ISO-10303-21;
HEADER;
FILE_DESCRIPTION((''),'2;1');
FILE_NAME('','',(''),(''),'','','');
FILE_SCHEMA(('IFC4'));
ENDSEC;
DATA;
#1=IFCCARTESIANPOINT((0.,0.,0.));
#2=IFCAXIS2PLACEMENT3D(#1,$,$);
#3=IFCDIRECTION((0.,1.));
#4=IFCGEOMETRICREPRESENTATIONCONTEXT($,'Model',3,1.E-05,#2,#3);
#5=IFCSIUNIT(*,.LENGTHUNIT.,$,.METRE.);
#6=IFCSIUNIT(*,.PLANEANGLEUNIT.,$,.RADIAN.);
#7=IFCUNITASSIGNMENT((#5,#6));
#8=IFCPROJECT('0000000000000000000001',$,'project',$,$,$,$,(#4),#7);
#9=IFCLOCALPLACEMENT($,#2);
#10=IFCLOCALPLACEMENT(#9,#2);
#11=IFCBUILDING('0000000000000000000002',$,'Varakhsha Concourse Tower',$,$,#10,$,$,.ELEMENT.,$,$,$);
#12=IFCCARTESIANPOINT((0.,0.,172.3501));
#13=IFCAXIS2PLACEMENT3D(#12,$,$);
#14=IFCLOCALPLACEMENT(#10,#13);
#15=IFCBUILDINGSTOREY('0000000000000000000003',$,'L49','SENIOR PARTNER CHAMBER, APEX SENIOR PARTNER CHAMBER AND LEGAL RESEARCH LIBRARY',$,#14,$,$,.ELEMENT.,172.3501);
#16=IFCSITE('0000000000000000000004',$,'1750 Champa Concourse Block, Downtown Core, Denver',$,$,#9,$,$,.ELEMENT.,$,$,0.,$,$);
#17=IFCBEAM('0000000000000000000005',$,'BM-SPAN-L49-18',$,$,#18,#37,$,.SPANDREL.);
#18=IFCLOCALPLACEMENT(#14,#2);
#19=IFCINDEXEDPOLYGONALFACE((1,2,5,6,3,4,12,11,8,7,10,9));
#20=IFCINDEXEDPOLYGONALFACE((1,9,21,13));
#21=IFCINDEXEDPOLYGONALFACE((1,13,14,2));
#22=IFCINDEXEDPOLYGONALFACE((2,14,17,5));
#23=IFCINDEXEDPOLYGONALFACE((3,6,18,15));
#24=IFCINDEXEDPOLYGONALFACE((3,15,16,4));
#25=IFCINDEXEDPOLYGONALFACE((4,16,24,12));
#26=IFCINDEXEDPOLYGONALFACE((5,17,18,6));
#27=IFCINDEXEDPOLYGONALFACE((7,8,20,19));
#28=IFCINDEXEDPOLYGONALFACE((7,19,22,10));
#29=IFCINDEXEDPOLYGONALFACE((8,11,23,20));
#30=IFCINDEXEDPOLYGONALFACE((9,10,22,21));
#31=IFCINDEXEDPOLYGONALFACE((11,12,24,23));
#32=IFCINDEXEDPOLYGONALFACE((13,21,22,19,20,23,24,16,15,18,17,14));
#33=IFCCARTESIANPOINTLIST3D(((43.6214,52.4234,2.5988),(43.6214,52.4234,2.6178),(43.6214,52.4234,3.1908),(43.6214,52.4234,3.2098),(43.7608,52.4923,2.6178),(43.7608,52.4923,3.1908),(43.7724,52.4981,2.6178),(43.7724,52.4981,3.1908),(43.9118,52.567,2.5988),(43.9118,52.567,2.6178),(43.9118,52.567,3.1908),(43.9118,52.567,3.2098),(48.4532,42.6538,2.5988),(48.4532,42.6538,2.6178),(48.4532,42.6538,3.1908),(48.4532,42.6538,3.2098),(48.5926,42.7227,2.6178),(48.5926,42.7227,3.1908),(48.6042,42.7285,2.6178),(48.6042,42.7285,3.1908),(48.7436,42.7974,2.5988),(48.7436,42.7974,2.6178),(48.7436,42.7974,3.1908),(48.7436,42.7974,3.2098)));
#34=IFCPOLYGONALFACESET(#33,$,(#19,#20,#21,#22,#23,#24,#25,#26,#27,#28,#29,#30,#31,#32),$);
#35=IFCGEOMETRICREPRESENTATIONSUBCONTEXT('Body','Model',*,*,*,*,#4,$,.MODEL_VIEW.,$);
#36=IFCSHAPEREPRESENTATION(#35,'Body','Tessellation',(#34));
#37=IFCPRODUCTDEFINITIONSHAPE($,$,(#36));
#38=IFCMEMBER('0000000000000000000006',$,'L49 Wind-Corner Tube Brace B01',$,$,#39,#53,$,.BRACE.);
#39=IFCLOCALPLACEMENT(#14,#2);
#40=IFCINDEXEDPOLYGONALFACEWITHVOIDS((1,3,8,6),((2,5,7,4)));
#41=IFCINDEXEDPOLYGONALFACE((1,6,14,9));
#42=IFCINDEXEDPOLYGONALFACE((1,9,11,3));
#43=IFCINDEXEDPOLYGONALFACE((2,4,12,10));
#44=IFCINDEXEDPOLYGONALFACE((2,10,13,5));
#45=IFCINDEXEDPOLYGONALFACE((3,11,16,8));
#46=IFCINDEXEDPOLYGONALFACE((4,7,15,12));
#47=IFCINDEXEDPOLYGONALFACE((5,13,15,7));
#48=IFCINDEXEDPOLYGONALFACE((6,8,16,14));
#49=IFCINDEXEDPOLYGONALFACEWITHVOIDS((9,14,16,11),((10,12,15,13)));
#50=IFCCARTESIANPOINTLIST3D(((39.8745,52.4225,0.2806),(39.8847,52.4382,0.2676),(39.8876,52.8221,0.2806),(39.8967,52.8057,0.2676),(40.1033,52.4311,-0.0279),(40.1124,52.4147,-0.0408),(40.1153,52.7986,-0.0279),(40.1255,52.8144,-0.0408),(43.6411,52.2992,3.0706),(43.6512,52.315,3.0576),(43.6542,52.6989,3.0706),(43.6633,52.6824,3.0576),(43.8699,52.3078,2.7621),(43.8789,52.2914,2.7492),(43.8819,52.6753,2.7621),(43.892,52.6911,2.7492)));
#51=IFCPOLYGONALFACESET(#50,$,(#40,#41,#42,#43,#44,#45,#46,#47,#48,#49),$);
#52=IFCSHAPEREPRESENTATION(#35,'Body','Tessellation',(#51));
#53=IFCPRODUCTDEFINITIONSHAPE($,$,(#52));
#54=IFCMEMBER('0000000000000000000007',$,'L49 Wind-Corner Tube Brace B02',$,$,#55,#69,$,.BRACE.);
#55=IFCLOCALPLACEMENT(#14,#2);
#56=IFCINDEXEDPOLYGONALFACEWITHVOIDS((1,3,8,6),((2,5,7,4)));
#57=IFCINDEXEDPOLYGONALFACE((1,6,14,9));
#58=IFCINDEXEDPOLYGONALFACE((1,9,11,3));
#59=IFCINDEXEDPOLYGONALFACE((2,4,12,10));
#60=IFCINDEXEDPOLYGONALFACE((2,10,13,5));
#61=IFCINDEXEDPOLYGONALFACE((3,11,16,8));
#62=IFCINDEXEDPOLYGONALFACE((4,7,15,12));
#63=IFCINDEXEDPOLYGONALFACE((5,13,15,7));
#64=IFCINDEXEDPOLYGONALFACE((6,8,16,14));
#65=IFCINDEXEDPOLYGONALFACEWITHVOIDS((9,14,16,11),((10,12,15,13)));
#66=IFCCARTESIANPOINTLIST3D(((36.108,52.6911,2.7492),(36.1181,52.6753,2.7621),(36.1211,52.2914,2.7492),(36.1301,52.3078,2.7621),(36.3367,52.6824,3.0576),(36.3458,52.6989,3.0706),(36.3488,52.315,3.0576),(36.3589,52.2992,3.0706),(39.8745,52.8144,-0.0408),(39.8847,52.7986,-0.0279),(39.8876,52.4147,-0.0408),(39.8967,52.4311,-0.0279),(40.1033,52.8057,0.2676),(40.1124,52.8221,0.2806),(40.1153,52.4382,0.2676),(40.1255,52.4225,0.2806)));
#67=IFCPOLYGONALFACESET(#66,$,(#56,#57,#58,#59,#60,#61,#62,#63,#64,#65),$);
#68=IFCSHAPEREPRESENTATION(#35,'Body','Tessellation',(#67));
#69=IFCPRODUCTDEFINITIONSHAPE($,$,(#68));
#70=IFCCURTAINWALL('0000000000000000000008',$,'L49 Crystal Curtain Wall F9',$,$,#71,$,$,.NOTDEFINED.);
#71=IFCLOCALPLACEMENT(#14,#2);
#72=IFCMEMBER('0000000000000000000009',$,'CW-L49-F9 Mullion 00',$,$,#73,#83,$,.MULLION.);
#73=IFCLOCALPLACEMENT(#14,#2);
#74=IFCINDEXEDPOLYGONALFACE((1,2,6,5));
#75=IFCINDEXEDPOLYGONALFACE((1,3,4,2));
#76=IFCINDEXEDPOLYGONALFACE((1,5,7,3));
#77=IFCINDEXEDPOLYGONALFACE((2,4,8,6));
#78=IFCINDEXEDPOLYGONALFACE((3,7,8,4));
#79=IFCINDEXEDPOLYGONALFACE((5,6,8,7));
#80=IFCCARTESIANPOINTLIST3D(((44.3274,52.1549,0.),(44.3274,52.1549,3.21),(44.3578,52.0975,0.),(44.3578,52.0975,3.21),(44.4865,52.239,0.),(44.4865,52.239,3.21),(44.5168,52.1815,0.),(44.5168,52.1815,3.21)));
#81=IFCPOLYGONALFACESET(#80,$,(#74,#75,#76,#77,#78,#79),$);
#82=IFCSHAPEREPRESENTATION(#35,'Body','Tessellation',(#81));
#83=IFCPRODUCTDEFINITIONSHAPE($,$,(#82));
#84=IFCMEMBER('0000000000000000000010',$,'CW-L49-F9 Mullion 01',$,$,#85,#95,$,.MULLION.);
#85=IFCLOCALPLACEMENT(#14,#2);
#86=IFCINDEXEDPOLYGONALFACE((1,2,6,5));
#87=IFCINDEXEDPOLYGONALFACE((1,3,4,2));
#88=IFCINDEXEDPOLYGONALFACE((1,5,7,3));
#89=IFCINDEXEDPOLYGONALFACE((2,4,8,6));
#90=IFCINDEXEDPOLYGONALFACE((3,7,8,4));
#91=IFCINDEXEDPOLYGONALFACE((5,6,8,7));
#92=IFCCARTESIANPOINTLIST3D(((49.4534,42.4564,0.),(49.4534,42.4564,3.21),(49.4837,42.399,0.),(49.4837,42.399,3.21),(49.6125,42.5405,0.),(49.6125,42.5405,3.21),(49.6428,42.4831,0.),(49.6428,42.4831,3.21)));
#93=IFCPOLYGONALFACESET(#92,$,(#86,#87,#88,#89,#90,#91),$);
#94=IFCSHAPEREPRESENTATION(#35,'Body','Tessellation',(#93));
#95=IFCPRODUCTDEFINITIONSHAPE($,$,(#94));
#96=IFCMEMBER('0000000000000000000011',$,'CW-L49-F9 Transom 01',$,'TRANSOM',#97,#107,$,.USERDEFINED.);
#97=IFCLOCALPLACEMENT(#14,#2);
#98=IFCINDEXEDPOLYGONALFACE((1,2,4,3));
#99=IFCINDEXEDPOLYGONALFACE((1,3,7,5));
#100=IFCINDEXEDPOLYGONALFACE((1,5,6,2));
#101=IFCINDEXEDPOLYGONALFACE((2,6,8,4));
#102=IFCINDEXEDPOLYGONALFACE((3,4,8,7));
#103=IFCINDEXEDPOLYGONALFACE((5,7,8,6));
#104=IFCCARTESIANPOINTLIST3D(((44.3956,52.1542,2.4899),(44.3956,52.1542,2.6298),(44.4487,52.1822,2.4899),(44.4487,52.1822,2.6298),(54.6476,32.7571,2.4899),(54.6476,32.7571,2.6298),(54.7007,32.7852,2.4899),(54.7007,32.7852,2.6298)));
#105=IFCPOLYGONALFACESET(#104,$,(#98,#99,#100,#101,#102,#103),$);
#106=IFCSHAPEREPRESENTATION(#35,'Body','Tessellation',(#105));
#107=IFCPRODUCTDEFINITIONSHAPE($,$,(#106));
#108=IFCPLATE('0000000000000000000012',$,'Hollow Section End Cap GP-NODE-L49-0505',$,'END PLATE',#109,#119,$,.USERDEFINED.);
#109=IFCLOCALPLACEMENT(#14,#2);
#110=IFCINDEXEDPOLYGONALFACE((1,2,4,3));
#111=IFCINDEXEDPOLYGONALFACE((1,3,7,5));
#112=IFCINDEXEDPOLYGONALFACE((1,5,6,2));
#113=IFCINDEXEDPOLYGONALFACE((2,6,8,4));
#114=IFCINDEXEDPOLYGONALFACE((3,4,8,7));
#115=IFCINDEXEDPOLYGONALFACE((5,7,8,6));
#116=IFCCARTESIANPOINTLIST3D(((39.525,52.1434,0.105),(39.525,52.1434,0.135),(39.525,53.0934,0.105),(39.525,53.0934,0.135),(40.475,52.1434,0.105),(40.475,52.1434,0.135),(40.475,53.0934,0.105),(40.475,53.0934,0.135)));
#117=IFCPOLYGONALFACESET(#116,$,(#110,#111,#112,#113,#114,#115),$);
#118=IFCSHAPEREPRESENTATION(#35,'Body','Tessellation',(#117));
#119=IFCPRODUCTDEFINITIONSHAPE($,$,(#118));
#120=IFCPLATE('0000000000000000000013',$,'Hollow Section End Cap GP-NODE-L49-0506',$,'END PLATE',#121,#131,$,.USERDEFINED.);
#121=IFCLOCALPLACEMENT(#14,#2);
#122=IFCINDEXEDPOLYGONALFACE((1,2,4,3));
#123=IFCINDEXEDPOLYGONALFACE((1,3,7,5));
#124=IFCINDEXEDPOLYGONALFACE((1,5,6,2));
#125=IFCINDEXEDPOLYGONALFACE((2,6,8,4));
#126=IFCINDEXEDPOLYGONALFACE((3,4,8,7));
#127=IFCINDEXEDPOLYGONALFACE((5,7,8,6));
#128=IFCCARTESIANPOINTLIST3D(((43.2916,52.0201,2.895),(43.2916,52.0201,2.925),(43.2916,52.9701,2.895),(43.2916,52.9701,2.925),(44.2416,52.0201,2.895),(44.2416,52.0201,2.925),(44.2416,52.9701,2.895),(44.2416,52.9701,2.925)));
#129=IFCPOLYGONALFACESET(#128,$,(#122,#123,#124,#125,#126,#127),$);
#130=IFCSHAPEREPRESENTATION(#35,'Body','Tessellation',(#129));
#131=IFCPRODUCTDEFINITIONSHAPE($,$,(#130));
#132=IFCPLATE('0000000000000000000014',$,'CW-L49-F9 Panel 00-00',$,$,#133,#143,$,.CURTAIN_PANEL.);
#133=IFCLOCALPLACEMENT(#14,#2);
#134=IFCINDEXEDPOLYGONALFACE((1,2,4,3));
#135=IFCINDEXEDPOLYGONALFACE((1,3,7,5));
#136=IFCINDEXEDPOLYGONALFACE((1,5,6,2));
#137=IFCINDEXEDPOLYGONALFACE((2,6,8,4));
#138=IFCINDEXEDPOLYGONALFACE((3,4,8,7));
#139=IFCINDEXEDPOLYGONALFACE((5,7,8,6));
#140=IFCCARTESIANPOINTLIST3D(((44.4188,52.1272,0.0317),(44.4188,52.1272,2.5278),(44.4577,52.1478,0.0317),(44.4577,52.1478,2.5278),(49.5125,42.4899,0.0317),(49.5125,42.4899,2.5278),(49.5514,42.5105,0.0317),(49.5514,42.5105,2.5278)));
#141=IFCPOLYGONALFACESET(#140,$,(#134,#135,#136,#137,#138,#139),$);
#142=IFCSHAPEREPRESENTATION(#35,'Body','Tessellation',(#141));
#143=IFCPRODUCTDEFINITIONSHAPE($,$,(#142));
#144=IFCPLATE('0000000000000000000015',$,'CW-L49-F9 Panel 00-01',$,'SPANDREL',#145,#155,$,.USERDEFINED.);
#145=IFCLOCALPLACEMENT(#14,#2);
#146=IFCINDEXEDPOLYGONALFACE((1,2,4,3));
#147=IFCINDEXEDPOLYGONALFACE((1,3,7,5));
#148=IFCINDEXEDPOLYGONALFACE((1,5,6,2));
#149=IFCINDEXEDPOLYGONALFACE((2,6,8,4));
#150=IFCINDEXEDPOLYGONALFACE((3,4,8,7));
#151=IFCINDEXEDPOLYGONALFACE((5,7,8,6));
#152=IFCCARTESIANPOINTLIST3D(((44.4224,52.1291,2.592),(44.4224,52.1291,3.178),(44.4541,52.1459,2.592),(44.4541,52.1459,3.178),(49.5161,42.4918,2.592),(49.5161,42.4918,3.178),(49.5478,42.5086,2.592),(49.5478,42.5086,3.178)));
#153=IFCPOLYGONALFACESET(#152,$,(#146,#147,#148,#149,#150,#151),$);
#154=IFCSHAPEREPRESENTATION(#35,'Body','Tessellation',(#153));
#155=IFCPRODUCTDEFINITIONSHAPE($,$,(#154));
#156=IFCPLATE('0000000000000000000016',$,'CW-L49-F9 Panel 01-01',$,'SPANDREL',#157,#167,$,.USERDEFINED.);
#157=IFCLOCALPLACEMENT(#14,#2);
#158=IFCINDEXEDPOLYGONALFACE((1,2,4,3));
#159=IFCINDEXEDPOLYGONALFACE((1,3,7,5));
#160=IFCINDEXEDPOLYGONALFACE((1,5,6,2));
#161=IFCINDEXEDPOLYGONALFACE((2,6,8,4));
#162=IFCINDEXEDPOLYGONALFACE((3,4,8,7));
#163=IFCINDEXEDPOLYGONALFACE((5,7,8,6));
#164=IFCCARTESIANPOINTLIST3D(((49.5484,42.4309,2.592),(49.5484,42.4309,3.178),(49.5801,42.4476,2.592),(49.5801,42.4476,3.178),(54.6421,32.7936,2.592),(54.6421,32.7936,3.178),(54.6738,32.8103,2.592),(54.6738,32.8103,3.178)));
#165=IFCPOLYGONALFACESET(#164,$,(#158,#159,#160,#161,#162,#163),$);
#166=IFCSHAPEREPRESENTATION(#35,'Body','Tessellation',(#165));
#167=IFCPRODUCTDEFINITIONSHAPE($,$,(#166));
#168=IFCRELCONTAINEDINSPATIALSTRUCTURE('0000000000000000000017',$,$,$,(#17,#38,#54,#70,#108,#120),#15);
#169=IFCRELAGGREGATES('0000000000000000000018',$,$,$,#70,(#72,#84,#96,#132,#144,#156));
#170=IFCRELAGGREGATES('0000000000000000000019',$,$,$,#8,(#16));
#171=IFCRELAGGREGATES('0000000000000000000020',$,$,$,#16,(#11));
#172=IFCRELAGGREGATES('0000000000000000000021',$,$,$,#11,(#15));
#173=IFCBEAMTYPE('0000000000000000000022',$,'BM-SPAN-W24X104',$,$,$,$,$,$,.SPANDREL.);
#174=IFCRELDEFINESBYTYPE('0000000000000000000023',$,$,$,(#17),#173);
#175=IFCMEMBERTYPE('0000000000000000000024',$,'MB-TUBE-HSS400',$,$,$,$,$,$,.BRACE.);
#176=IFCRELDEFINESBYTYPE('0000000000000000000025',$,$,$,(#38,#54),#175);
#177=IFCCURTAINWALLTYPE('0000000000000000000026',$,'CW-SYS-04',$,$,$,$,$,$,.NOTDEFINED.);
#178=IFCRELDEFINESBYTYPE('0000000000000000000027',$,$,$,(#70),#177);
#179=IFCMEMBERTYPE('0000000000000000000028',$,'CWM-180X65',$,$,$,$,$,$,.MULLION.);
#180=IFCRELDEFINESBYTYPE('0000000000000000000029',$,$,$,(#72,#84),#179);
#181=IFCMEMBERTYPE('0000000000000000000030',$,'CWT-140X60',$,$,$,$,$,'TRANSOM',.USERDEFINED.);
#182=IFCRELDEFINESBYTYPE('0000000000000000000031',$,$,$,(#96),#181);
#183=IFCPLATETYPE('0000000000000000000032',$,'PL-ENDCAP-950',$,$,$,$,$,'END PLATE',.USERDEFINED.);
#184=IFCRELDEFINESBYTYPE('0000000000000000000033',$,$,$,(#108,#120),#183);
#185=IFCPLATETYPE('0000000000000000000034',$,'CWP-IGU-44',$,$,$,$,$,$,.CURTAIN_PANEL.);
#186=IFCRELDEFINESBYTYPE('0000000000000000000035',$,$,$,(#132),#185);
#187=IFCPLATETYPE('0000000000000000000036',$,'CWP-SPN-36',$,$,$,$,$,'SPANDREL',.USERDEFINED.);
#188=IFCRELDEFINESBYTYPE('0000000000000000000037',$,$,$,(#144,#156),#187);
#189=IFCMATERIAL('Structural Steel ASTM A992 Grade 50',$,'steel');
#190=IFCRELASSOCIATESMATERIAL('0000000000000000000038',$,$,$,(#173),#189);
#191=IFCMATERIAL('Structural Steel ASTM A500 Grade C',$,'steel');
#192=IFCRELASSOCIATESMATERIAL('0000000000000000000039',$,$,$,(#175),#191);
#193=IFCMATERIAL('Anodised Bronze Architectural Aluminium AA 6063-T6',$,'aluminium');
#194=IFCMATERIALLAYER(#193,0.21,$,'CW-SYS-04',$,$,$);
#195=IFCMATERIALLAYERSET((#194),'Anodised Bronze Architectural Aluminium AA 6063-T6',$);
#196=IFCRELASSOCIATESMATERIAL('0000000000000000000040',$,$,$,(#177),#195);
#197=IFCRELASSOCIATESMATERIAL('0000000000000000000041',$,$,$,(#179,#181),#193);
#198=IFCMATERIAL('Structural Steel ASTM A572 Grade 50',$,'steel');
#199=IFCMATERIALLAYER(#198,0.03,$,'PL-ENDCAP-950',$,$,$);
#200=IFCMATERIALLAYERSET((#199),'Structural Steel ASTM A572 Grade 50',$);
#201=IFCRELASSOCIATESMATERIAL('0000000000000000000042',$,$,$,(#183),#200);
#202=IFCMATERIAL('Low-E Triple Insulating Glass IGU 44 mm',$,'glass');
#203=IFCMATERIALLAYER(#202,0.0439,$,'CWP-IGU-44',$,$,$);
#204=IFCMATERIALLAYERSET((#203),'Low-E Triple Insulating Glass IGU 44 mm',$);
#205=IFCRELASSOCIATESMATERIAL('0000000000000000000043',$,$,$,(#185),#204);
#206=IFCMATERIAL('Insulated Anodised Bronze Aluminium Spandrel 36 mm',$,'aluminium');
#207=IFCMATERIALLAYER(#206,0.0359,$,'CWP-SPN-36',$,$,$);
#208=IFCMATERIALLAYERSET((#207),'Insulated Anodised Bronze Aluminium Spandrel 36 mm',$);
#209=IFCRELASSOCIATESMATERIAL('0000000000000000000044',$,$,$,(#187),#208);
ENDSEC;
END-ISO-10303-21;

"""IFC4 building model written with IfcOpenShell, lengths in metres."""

from ifc_helpers import new_model, si_unit, direction, frame, origin, origin_2d, place, context, subcontext, project, spatial, rectangle, hollow_rectangle, i_section, extrude, source, transform, mapped, material, layer, layer_set, material_profile, profile_set, type_object, type_shapes, element, aggregate, save


model = new_model("IFC4")

# Units and contexts
model_context = context("Model", 3, precision=1e-05, world=origin(), true_north=direction((0.0, 1.0)))
body_context = subcontext(model_context, "Body", "Model", "MODEL_VIEW")
ifc_project = project(units=[si_unit("LENGTHUNIT", "METRE"), si_unit("PLANEANGLEUNIT", "RADIAN")], contexts=[model_context])

# Site, building, storey
site_placement = place(None, origin())
site = spatial("IfcSite", under=ifc_project, at=site_placement, Name="1750 Champa Concourse Block, Downtown Core, Denver", CompositionType="ELEMENT", RefElevation=0.0)
building_placement = place(site_placement, origin())
building = spatial("IfcBuilding", under=site, at=building_placement, Name="Varakhsha Concourse Tower", CompositionType="ELEMENT")
storey_placement = place(building_placement, frame((0.0, 0.0, 172.3501)))
storey = spatial("IfcBuildingStorey", under=building, at=storey_placement, Name="L49", Description="SENIOR PARTNER CHAMBER, APEX SENIOR PARTNER CHAMBER AND LEGAL RESEARCH LIBRARY", CompositionType="ELEMENT", Elevation=172.3501)

# Shared definitions
ifc_material_1 = material(Name="Structural Steel ASTM A992 Grade 50", Category="steel")
ifc_material_2 = material(Name="Structural Steel ASTM A572 Grade 50", Category="steel")

# Beam
ifc_material_profile_1 = material_profile(ifc_material_1, i_section(OverallWidth=0.324, OverallDepth=0.6111, WebThickness=0.0129, FlangeThickness=0.019, at=origin_2d()), Name="W24X104")
ifc_profile_set_1 = profile_set([ifc_material_profile_1], Name="Structural Steel ASTM A992 Grade 50")
beam_type_1 = type_object("IfcBeamType", Name="BM-SPAN-W24X104", PredefinedType="SPANDREL", material=ifc_profile_set_1)
beam_1_placement = place(storey_placement, frame((48.5984, 42.7256, 2.9043), z_axis=(-0.443321, 0.896363, 0.0), x_axis=(-0.896363, -0.443321, 0.0)))
element("IfcBeam", 1, at=beam_1_placement, inside=storey, type_object=beam_type_1, Name="BM-SPAN-L49-18", PredefinedType="SPANDREL", context=body_context, shape_type="SweptSolid", body=[
    extrude(i_section(OverallWidth=0.324, OverallDepth=0.6111, WebThickness=0.0129, FlangeThickness=0.019, at=origin_2d()), origin(), (0.0, 0.0, 1.0), 10.8992),
])

# Members
ifc_material_3 = material(Name="Structural Steel ASTM A500 Grade C", Category="steel")
ifc_material_profile_2 = material_profile(ifc_material_3, hollow_rectangle(XDim=0.3999, YDim=0.3999, WallThickness=0.0161, at=origin_2d()), Name="HSS 400x400x16")
ifc_profile_set_2 = profile_set([ifc_material_profile_2], Name="Structural Steel ASTM A500 Grade C")
member_type_1 = type_object("IfcMemberType", Name="MB-TUBE-HSS400", PredefinedType="BRACE", material=ifc_profile_set_2)
shared_shape_1 = source(origin(), body_context, "Body", "SweptSolid", [
    extrude(hollow_rectangle(XDim=0.3999, YDim=0.3999, WallThickness=0.0161, at=origin_2d()), origin(), (0.0, 0.0, 1.0), 4.689),
])
type_shapes(member_type_1, [shared_shape_1])
for number, where, z_axis, x_axis, name in (
    (2, (40.0, 52.6184, 0.1199), (0.803283, -0.026294, 0.595017), (0.032715, 0.999465, 0.0), "L49 Wind-Corner Tube Brace B01"),
    (3, (40.0, 52.6184, 0.1199), (-0.803283, -0.026294, 0.595017), (0.032715, -0.999465, 0.0), "L49 Wind-Corner Tube Brace B02"),
):
    element("IfcMember", number, at=place(storey_placement, frame(where, z_axis=z_axis, x_axis=x_axis)), inside=storey, type_object=member_type_1, Name=name, PredefinedType="BRACE", context=body_context, shape_type="MappedRepresentation", body=[
        mapped(shared_shape_1, transform((0.0, 0.0, 0.0), scale=1.0)),
    ])

# Curtain wall, members
ifc_material_4 = material(Name="Anodised Bronze Architectural Aluminium AA 6063-T6", Category="aluminium")
ifc_layer_1 = layer(ifc_material_4, 0.21, Name="CW-SYS-04")
ifc_layer_set_1 = layer_set([ifc_layer_1], Name="Anodised Bronze Architectural Aluminium AA 6063-T6")
curtain_wall_type = type_object("IfcCurtainWallType", Name="CW-SYS-04", PredefinedType="NOTDEFINED", material=ifc_layer_set_1)
curtain_wall_placement = place(storey_placement, origin())
curtain_wall = element("IfcCurtainWall", 4, at=curtain_wall_placement, inside=storey, type_object=curtain_wall_type, Name="L49 Crystal Curtain Wall F9", PredefinedType="NOTDEFINED")
ifc_material_profile_3 = material_profile(ifc_material_4, rectangle(XDim=0.0649, YDim=0.1799, at=origin_2d()), Name="CWM-180X65")
ifc_profile_set_3 = profile_set([ifc_material_profile_3], Name="Anodised Bronze Architectural Aluminium AA 6063-T6")
member_type_2 = type_object("IfcMemberType", Name="CWM-180X65", PredefinedType="MULLION", material=ifc_profile_set_3)
shared_shape_2 = source(origin(), body_context, "Body", "SweptSolid", [
    extrude(rectangle(XDim=0.0649, YDim=0.1799, at=origin_2d()), origin(), (0.0, 0.0, 1.0), 3.21),
])
type_shapes(member_type_2, [shared_shape_2])
member_1_placement = place(storey_placement, frame((44.4221, 52.1682, 0.0), z_axis=(0.0, 0.0, 1.0), x_axis=(0.467286, -0.884106, 0.0)))
member_1 = element("IfcMember", 5, at=member_1_placement, type_object=member_type_2, Name="CW-L49-F9 Mullion 00", PredefinedType="MULLION", context=body_context, shape_type="MappedRepresentation", body=[
    mapped(shared_shape_2, transform((0.0, 0.0, 0.0), scale=1.0)),
])
member_2_placement = place(storey_placement, frame((49.5481, 42.4697, 0.0), z_axis=(0.0, 0.0, 1.0), x_axis=(0.467286, -0.884106, 0.0)))
member_2 = element("IfcMember", 6, at=member_2_placement, type_object=member_type_2, Name="CW-L49-F9 Mullion 01", PredefinedType="MULLION", context=body_context, shape_type="MappedRepresentation", body=[
    mapped(shared_shape_2, transform((0.0, 0.0, 0.0), scale=1.0)),
])
ifc_material_profile_4 = material_profile(ifc_material_4, rectangle(XDim=0.0601, YDim=0.1399, at=origin_2d()), Name="CWT-140X60")
ifc_profile_set_4 = profile_set([ifc_material_profile_4], Name="Anodised Bronze Architectural Aluminium AA 6063-T6")
member_type_3 = type_object("IfcMemberType", Name="CWT-140X60", ElementType="TRANSOM", PredefinedType="USERDEFINED", material=ifc_profile_set_4)
shared_shape_3 = source(origin(), body_context, "Body", "SweptSolid", [
    extrude(rectangle(XDim=0.0601, YDim=0.1399, at=origin_2d()), origin(), (0.0, 0.0, 1.0), 21.9397),
])
type_shapes(member_type_3, [shared_shape_3])
member_3_placement = place(storey_placement, frame((44.4221, 52.1682, 2.5598), z_axis=(0.467281, -0.884109, 0.0), x_axis=(0.884109, 0.467281, 0.0)))
member_3 = element("IfcMember", 7, at=member_3_placement, type_object=member_type_3, Name="CW-L49-F9 Transom 01", ObjectType="TRANSOM", PredefinedType="USERDEFINED", context=body_context, shape_type="MappedRepresentation", body=[
    mapped(shared_shape_3, transform((0.0, 0.0, 0.0), scale=1.0)),
])

# Plates
ifc_layer_2 = layer(ifc_material_2, 0.03, Name="PL-ENDCAP-950")
ifc_layer_set_2 = layer_set([ifc_layer_2], Name="Structural Steel ASTM A572 Grade 50")
plate_type_1 = type_object("IfcPlateType", Name="PL-ENDCAP-950", ElementType="END PLATE", PredefinedType="USERDEFINED", material=ifc_layer_set_2)
shared_shape_4 = source(origin(), body_context, "Body", "SweptSolid", [
    extrude(rectangle(XDim=0.95, YDim=0.95, at=origin_2d()), origin(), (0.0, 0.0, 1.0), 0.03),
])
type_shapes(plate_type_1, [shared_shape_4])
for number, where, z_axis, x_axis, name in (
    (8, (40.0, 52.6184, 0.105), (0.0, 0.0, 1.0), (1.0, 0.0, 0.0), "Hollow Section End Cap GP-NODE-L49-0505"),
    (9, (43.7666, 52.4951, 2.895), (0.0, 0.0, 1.0), (1.0, 0.0, 0.0), "Hollow Section End Cap GP-NODE-L49-0506"),
):
    element("IfcPlate", number, at=place(storey_placement, frame(where, z_axis=z_axis, x_axis=x_axis)), inside=storey, type_object=plate_type_1, Name=name, ObjectType="END PLATE", PredefinedType="USERDEFINED", context=body_context, shape_type="MappedRepresentation", body=[
        mapped(shared_shape_4, transform((0.0, 0.0, 0.0), scale=1.0)),
    ])

# Plates
ifc_material_5 = material(Name="Low-E Triple Insulating Glass IGU 44 mm", Category="glass")
ifc_layer_3 = layer(ifc_material_5, 0.0439, Name="CWP-IGU-44")
ifc_layer_set_3 = layer_set([ifc_layer_3], Name="Low-E Triple Insulating Glass IGU 44 mm")
plate_type_2 = type_object("IfcPlateType", Name="CWP-IGU-44", PredefinedType="CURTAIN_PANEL", material=ifc_layer_set_3)
shared_shape_5 = source(origin(), body_context, "Body", "SweptSolid", [
    extrude(rectangle(XDim=10.9006, YDim=0.0439, at=origin_2d()), origin(), (0.0, 0.0, 1.0), 2.4961),
])
type_shapes(plate_type_2, [shared_shape_5])
plate_1_placement = place(storey_placement, frame((46.9851, 47.3188, 0.0317), z_axis=(0.0, 0.0, 1.0), x_axis=(0.467286, -0.884106, 0.0)))
plate_1 = element("IfcPlate", 10, at=plate_1_placement, type_object=plate_type_2, Name="CW-L49-F9 Panel 00-00", PredefinedType="CURTAIN_PANEL", context=body_context, shape_type="MappedRepresentation", body=[
    mapped(shared_shape_5, transform((0.0, 0.0, 0.0), scale=1.0)),
])
ifc_material_6 = material(Name="Insulated Anodised Bronze Aluminium Spandrel 36 mm", Category="aluminium")
ifc_layer_4 = layer(ifc_material_6, 0.0359, Name="CWP-SPN-36")
ifc_layer_set_4 = layer_set([ifc_layer_4], Name="Insulated Anodised Bronze Aluminium Spandrel 36 mm")
plate_type_3 = type_object("IfcPlateType", Name="CWP-SPN-36", ElementType="SPANDREL", PredefinedType="USERDEFINED", material=ifc_layer_set_4)
shared_shape_6 = source(origin(), body_context, "Body", "SweptSolid", [
    extrude(rectangle(XDim=10.9006, YDim=0.0359, at=origin_2d()), origin(), (0.0, 0.0, 1.0), 0.5859),
])
type_shapes(plate_type_3, [shared_shape_6])
plate_2_placement = place(storey_placement, frame((46.9851, 47.3188, 2.592), z_axis=(0.0, 0.0, 1.0), x_axis=(0.467286, -0.884106, 0.0)))
plate_2 = element("IfcPlate", 11, at=plate_2_placement, type_object=plate_type_3, Name="CW-L49-F9 Panel 00-01", ObjectType="SPANDREL", PredefinedType="USERDEFINED", context=body_context, shape_type="MappedRepresentation", body=[
    mapped(shared_shape_6, transform((0.0, 0.0, 0.0), scale=1.0)),
])
plate_3_placement = place(storey_placement, frame((52.1111, 37.6206, 2.592), z_axis=(0.0, 0.0, 1.0), x_axis=(0.467286, -0.884106, 0.0)))
plate_3 = element("IfcPlate", 12, at=plate_3_placement, type_object=plate_type_3, Name="CW-L49-F9 Panel 01-01", ObjectType="SPANDREL", PredefinedType="USERDEFINED", context=body_context, shape_type="MappedRepresentation", body=[
    mapped(shared_shape_6, transform((0.0, 0.0, 0.0), scale=1.0)),
])
aggregate(curtain_wall, [member_1, member_2, member_3, plate_1, plate_2, plate_3])

save(model, "model.ifc")
